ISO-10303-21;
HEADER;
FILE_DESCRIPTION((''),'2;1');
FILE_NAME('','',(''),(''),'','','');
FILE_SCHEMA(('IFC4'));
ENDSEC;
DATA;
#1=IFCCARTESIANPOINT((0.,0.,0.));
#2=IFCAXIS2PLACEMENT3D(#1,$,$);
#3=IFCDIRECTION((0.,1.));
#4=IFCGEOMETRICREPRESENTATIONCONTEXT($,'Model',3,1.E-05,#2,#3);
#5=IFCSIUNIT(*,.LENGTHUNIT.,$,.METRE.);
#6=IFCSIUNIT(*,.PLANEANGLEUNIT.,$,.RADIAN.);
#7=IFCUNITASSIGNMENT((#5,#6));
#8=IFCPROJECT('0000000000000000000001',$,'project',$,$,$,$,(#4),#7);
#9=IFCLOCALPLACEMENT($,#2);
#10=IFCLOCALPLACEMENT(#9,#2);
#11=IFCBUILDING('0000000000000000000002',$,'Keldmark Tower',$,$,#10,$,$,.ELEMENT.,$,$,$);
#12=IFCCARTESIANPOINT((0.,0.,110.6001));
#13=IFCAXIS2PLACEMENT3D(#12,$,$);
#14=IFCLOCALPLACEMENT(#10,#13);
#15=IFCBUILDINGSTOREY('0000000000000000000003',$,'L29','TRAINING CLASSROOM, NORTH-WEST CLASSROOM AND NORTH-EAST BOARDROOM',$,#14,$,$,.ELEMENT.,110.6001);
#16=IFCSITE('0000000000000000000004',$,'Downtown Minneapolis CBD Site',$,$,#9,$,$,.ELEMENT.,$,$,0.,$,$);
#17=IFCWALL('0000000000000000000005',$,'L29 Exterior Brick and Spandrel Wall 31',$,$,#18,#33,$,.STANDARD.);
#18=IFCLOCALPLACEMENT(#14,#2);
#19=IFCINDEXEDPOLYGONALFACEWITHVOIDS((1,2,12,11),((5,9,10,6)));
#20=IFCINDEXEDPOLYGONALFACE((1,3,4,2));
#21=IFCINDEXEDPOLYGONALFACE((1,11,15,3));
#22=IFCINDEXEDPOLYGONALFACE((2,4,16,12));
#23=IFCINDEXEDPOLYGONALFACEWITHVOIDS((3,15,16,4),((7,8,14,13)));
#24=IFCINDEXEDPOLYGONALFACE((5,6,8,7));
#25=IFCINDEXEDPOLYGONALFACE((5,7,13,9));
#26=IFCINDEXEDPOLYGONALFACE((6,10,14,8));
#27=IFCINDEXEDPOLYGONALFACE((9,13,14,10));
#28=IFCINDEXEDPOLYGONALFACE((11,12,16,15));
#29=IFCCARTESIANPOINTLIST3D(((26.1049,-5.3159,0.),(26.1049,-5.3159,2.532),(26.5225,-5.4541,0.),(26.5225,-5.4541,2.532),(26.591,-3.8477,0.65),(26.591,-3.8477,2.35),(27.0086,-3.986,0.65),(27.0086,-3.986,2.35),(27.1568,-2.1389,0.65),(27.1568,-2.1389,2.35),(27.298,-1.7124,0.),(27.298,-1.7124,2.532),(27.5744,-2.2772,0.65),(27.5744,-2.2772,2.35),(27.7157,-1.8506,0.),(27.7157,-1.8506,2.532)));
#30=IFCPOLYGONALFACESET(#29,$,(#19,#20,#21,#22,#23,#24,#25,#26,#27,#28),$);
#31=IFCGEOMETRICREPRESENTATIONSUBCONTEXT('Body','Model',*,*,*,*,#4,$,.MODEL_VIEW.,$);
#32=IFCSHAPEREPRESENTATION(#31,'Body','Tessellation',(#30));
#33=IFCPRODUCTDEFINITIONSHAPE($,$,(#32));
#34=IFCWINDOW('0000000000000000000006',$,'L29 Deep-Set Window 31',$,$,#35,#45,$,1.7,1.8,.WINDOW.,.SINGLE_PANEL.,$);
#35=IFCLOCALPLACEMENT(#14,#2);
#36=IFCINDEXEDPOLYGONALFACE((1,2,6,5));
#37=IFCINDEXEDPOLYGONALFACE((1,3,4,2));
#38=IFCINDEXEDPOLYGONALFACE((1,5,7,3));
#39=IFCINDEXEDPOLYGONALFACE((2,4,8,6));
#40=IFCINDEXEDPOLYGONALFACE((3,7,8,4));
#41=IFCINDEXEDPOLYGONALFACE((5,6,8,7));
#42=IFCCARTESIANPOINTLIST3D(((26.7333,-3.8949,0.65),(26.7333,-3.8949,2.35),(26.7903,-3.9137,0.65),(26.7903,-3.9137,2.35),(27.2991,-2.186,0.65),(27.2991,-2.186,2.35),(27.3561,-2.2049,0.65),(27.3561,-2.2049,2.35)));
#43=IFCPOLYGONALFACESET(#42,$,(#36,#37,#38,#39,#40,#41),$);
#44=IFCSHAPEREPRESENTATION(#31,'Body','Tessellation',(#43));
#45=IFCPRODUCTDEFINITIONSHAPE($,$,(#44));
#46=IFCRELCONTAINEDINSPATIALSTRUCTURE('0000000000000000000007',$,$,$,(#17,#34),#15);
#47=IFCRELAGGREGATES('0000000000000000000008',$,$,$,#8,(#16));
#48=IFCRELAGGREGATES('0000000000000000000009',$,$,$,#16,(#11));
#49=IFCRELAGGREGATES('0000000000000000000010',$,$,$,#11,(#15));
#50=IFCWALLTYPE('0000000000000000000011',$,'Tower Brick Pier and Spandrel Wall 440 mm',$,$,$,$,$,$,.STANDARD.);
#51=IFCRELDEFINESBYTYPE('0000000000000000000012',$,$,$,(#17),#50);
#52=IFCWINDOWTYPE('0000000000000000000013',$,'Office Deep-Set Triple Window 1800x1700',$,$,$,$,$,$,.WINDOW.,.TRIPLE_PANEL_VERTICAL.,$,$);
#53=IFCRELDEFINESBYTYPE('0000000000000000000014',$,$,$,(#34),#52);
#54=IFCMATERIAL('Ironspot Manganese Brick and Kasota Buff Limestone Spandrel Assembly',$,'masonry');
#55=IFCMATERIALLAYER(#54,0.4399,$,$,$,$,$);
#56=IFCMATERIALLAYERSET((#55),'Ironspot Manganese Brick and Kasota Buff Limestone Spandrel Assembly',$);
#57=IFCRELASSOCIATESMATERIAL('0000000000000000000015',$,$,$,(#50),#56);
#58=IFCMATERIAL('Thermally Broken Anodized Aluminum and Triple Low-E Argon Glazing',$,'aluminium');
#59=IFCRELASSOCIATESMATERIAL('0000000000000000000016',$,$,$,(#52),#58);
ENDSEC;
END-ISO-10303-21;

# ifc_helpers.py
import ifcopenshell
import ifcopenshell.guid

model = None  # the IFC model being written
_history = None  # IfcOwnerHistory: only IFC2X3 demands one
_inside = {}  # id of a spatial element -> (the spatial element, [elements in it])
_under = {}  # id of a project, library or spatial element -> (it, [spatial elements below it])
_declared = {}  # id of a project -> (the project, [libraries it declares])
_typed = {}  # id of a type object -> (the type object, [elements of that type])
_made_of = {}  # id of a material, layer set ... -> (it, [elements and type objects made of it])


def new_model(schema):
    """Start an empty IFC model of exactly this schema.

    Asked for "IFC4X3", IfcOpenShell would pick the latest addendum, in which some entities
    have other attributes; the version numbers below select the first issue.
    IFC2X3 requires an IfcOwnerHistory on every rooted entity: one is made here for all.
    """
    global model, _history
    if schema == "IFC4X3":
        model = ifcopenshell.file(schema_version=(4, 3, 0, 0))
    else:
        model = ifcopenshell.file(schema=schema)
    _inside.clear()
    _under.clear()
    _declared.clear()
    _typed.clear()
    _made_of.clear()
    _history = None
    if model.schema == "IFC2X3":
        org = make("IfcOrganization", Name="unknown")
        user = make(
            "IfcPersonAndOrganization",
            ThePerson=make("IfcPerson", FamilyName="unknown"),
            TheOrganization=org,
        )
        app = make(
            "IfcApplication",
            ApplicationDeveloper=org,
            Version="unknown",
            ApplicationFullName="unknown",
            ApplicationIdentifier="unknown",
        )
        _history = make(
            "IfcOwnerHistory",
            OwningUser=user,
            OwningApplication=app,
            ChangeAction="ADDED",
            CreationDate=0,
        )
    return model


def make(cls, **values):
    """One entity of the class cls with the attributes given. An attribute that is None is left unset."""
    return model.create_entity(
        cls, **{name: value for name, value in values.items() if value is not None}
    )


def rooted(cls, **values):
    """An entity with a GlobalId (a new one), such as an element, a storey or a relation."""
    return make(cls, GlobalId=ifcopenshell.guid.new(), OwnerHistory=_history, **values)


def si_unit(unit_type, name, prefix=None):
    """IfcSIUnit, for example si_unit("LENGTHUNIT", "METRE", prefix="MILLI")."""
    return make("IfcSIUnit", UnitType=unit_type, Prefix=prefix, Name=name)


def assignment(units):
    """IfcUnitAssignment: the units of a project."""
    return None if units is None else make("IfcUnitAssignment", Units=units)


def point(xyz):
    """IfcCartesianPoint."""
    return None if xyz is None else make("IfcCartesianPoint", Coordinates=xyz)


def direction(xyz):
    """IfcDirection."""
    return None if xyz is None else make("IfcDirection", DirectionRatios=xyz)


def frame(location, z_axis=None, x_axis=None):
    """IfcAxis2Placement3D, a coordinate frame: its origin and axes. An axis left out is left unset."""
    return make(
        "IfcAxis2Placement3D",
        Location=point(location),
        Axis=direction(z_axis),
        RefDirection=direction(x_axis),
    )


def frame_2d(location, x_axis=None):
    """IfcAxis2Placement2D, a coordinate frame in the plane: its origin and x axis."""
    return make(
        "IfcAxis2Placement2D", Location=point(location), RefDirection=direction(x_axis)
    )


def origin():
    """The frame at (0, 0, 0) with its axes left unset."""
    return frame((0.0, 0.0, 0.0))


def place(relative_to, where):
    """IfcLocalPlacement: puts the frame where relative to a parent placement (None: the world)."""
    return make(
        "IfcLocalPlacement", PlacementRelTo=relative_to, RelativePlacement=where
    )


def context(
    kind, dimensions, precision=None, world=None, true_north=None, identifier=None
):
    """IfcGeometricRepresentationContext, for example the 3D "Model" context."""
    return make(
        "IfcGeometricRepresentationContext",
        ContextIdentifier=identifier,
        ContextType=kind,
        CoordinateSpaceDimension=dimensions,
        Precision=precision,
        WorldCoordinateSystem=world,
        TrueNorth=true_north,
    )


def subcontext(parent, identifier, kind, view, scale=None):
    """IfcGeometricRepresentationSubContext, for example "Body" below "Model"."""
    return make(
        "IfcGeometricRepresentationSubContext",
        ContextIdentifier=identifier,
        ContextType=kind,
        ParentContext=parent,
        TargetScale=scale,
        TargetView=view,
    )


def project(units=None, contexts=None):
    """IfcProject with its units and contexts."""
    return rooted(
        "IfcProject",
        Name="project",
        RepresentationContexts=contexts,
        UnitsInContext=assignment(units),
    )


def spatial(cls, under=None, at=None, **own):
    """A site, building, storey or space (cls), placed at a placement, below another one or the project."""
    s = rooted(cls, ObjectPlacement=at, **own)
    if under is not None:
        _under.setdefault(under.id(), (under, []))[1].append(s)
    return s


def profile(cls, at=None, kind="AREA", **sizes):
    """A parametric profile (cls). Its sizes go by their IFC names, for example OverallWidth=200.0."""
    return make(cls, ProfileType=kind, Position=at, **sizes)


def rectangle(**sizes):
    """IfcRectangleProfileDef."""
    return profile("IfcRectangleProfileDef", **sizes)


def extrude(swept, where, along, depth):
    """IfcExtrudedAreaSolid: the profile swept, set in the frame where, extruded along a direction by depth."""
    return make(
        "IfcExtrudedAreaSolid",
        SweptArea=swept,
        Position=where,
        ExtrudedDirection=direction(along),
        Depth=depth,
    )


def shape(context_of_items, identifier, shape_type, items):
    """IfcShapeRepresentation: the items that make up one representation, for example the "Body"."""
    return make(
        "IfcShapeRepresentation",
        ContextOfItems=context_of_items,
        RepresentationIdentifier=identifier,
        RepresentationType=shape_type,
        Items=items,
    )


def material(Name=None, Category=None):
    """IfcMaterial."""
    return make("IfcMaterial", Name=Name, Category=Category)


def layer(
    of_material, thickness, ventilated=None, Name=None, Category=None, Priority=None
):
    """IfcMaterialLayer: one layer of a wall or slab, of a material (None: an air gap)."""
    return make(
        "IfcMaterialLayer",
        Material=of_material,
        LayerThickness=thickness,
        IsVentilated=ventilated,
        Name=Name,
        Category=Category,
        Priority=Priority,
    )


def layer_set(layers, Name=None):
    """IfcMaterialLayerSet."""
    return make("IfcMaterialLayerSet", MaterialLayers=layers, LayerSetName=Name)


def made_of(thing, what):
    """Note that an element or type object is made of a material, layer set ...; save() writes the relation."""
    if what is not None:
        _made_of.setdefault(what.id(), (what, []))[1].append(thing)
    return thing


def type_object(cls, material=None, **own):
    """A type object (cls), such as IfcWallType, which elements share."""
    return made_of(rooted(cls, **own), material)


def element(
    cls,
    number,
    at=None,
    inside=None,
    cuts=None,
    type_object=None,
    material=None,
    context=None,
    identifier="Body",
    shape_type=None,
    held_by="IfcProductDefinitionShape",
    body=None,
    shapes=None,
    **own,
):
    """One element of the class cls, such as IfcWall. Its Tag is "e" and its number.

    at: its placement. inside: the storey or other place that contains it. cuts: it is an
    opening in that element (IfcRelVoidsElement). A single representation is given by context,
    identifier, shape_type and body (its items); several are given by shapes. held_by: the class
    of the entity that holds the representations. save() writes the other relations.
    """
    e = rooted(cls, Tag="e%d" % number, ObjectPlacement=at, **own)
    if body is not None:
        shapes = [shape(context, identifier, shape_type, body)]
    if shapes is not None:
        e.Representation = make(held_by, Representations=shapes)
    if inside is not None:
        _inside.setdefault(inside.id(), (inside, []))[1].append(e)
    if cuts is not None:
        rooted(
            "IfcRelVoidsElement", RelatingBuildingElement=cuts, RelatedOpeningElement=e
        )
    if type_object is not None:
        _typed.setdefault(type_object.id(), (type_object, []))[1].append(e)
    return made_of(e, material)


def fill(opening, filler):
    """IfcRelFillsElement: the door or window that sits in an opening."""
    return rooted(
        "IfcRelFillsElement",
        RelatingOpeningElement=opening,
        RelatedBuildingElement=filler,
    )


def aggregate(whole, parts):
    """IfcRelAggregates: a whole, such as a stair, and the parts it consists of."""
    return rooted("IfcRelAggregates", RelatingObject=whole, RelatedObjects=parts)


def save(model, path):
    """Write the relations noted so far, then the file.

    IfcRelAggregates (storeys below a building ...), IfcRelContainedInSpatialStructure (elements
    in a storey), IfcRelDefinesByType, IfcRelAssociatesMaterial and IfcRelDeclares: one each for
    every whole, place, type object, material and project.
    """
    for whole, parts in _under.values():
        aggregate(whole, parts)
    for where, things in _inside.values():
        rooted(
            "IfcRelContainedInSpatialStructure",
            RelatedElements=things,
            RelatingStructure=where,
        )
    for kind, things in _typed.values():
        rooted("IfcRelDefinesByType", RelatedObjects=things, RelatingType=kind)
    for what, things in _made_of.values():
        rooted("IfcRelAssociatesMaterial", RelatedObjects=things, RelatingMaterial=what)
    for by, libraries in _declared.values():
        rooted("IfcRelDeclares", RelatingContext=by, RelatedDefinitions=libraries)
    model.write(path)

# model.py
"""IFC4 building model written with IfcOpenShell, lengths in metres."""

from ifc_helpers import new_model, si_unit, direction, frame, frame_2d, origin, place, context, subcontext, project, spatial, rectangle, extrude, material, layer, layer_set, type_object, element, fill, save


model = new_model("IFC4")

# Units and contexts
model_context = context("Model", 3, precision=1e-05, world=origin(), true_north=direction((0.0, 1.0)))
body_context = subcontext(model_context, "Body", "Model", "MODEL_VIEW")
ifc_project = project(units=[si_unit("LENGTHUNIT", "METRE"), si_unit("PLANEANGLEUNIT", "RADIAN")], contexts=[model_context])

# Site, building, storey
site_placement = place(None, origin())
site = spatial("IfcSite", under=ifc_project, at=site_placement, Name="Downtown Minneapolis CBD Site", CompositionType="ELEMENT", RefElevation=0.0)
building_placement = place(site_placement, origin())
building = spatial("IfcBuilding", under=site, at=building_placement, Name="Keldmark Tower", CompositionType="ELEMENT")
storey_placement = place(building_placement, frame((0.0, 0.0, 110.6001)))
storey = spatial("IfcBuildingStorey", under=building, at=storey_placement, Name="L29", Description="TRAINING CLASSROOM, NORTH-WEST CLASSROOM AND NORTH-EAST BOARDROOM", CompositionType="ELEMENT", Elevation=110.6001)

# Wall, opening, window
ifc_material_1 = material(Name="Ironspot Manganese Brick and Kasota Buff Limestone Spandrel Assembly", Category="masonry")
ifc_layer_1 = layer(ifc_material_1, 0.4399)
ifc_layer_set_1 = layer_set([ifc_layer_1], Name="Ironspot Manganese Brick and Kasota Buff Limestone Spandrel Assembly")
wall_type_1 = type_object("IfcWallType", Name="Tower Brick Pier and Spandrel Wall 440 mm", PredefinedType="STANDARD", material=ifc_layer_set_1)
wall_1_placement = place(storey_placement, frame((27.5068, -1.7815, 0.0), z_axis=(0.0, 0.0, 1.0), x_axis=(-0.314317, -0.949318, 0.0)))
wall_1 = element("IfcWall", 1, at=wall_1_placement, inside=storey, type_object=wall_type_1, Name="L29 Exterior Brick and Spandrel Wall 31", PredefinedType="STANDARD", context=body_context, shape_type="SweptSolid", body=[
    extrude(rectangle(XDim=3.7959, YDim=0.4399, at=frame_2d((1.8979, 0.0))), origin(), (0.0, 0.0, 1.0), 2.532),
])
opening_1_placement = place(wall_1_placement, frame((0.4495, 0.0, 0.6499)))
opening_1 = element("IfcOpeningElement", 2, at=opening_1_placement, cuts=wall_1, PredefinedType="OPENING", context=body_context, shape_type="SweptSolid", body=[
    extrude(rectangle(XDim=1.8, YDim=1.7, at=frame_2d((0.8999, 0.8501))), frame((0.0, 0.23, 0.0), z_axis=(0.0, -1.0, 0.0), x_axis=(1.0, 0.0, 0.0)), (0.0, 0.0, 1.0), 0.46),
])
ifc_material_2 = material(Name="Thermally Broken Anodized Aluminum and Triple Low-E Argon Glazing", Category="aluminium")
window_type = type_object("IfcWindowType", Name="Office Deep-Set Triple Window 1800x1700", PartitioningType="TRIPLE_PANEL_VERTICAL", PredefinedType="WINDOW", material=ifc_material_2)
window_placement = place(opening_1_placement, origin())
window = element("IfcWindow", 3, at=window_placement, inside=storey, type_object=window_type, Name="L29 Deep-Set Window 31", OverallHeight=1.7, OverallWidth=1.8, PartitioningType="SINGLE_PANEL", PredefinedType="WINDOW", context=body_context, shape_type="SweptSolid", body=[
    extrude(rectangle(XDim=1.8, YDim=1.7, at=frame_2d((0.8999, 0.8501))), frame((0.0, -0.01, 0.0), z_axis=(0.0, -1.0, 0.0), x_axis=(1.0, 0.0, 0.0)), (0.0, 0.0, 1.0), 0.0601),
])
fill(opening_1, window)

save(model, "model.ifc")
